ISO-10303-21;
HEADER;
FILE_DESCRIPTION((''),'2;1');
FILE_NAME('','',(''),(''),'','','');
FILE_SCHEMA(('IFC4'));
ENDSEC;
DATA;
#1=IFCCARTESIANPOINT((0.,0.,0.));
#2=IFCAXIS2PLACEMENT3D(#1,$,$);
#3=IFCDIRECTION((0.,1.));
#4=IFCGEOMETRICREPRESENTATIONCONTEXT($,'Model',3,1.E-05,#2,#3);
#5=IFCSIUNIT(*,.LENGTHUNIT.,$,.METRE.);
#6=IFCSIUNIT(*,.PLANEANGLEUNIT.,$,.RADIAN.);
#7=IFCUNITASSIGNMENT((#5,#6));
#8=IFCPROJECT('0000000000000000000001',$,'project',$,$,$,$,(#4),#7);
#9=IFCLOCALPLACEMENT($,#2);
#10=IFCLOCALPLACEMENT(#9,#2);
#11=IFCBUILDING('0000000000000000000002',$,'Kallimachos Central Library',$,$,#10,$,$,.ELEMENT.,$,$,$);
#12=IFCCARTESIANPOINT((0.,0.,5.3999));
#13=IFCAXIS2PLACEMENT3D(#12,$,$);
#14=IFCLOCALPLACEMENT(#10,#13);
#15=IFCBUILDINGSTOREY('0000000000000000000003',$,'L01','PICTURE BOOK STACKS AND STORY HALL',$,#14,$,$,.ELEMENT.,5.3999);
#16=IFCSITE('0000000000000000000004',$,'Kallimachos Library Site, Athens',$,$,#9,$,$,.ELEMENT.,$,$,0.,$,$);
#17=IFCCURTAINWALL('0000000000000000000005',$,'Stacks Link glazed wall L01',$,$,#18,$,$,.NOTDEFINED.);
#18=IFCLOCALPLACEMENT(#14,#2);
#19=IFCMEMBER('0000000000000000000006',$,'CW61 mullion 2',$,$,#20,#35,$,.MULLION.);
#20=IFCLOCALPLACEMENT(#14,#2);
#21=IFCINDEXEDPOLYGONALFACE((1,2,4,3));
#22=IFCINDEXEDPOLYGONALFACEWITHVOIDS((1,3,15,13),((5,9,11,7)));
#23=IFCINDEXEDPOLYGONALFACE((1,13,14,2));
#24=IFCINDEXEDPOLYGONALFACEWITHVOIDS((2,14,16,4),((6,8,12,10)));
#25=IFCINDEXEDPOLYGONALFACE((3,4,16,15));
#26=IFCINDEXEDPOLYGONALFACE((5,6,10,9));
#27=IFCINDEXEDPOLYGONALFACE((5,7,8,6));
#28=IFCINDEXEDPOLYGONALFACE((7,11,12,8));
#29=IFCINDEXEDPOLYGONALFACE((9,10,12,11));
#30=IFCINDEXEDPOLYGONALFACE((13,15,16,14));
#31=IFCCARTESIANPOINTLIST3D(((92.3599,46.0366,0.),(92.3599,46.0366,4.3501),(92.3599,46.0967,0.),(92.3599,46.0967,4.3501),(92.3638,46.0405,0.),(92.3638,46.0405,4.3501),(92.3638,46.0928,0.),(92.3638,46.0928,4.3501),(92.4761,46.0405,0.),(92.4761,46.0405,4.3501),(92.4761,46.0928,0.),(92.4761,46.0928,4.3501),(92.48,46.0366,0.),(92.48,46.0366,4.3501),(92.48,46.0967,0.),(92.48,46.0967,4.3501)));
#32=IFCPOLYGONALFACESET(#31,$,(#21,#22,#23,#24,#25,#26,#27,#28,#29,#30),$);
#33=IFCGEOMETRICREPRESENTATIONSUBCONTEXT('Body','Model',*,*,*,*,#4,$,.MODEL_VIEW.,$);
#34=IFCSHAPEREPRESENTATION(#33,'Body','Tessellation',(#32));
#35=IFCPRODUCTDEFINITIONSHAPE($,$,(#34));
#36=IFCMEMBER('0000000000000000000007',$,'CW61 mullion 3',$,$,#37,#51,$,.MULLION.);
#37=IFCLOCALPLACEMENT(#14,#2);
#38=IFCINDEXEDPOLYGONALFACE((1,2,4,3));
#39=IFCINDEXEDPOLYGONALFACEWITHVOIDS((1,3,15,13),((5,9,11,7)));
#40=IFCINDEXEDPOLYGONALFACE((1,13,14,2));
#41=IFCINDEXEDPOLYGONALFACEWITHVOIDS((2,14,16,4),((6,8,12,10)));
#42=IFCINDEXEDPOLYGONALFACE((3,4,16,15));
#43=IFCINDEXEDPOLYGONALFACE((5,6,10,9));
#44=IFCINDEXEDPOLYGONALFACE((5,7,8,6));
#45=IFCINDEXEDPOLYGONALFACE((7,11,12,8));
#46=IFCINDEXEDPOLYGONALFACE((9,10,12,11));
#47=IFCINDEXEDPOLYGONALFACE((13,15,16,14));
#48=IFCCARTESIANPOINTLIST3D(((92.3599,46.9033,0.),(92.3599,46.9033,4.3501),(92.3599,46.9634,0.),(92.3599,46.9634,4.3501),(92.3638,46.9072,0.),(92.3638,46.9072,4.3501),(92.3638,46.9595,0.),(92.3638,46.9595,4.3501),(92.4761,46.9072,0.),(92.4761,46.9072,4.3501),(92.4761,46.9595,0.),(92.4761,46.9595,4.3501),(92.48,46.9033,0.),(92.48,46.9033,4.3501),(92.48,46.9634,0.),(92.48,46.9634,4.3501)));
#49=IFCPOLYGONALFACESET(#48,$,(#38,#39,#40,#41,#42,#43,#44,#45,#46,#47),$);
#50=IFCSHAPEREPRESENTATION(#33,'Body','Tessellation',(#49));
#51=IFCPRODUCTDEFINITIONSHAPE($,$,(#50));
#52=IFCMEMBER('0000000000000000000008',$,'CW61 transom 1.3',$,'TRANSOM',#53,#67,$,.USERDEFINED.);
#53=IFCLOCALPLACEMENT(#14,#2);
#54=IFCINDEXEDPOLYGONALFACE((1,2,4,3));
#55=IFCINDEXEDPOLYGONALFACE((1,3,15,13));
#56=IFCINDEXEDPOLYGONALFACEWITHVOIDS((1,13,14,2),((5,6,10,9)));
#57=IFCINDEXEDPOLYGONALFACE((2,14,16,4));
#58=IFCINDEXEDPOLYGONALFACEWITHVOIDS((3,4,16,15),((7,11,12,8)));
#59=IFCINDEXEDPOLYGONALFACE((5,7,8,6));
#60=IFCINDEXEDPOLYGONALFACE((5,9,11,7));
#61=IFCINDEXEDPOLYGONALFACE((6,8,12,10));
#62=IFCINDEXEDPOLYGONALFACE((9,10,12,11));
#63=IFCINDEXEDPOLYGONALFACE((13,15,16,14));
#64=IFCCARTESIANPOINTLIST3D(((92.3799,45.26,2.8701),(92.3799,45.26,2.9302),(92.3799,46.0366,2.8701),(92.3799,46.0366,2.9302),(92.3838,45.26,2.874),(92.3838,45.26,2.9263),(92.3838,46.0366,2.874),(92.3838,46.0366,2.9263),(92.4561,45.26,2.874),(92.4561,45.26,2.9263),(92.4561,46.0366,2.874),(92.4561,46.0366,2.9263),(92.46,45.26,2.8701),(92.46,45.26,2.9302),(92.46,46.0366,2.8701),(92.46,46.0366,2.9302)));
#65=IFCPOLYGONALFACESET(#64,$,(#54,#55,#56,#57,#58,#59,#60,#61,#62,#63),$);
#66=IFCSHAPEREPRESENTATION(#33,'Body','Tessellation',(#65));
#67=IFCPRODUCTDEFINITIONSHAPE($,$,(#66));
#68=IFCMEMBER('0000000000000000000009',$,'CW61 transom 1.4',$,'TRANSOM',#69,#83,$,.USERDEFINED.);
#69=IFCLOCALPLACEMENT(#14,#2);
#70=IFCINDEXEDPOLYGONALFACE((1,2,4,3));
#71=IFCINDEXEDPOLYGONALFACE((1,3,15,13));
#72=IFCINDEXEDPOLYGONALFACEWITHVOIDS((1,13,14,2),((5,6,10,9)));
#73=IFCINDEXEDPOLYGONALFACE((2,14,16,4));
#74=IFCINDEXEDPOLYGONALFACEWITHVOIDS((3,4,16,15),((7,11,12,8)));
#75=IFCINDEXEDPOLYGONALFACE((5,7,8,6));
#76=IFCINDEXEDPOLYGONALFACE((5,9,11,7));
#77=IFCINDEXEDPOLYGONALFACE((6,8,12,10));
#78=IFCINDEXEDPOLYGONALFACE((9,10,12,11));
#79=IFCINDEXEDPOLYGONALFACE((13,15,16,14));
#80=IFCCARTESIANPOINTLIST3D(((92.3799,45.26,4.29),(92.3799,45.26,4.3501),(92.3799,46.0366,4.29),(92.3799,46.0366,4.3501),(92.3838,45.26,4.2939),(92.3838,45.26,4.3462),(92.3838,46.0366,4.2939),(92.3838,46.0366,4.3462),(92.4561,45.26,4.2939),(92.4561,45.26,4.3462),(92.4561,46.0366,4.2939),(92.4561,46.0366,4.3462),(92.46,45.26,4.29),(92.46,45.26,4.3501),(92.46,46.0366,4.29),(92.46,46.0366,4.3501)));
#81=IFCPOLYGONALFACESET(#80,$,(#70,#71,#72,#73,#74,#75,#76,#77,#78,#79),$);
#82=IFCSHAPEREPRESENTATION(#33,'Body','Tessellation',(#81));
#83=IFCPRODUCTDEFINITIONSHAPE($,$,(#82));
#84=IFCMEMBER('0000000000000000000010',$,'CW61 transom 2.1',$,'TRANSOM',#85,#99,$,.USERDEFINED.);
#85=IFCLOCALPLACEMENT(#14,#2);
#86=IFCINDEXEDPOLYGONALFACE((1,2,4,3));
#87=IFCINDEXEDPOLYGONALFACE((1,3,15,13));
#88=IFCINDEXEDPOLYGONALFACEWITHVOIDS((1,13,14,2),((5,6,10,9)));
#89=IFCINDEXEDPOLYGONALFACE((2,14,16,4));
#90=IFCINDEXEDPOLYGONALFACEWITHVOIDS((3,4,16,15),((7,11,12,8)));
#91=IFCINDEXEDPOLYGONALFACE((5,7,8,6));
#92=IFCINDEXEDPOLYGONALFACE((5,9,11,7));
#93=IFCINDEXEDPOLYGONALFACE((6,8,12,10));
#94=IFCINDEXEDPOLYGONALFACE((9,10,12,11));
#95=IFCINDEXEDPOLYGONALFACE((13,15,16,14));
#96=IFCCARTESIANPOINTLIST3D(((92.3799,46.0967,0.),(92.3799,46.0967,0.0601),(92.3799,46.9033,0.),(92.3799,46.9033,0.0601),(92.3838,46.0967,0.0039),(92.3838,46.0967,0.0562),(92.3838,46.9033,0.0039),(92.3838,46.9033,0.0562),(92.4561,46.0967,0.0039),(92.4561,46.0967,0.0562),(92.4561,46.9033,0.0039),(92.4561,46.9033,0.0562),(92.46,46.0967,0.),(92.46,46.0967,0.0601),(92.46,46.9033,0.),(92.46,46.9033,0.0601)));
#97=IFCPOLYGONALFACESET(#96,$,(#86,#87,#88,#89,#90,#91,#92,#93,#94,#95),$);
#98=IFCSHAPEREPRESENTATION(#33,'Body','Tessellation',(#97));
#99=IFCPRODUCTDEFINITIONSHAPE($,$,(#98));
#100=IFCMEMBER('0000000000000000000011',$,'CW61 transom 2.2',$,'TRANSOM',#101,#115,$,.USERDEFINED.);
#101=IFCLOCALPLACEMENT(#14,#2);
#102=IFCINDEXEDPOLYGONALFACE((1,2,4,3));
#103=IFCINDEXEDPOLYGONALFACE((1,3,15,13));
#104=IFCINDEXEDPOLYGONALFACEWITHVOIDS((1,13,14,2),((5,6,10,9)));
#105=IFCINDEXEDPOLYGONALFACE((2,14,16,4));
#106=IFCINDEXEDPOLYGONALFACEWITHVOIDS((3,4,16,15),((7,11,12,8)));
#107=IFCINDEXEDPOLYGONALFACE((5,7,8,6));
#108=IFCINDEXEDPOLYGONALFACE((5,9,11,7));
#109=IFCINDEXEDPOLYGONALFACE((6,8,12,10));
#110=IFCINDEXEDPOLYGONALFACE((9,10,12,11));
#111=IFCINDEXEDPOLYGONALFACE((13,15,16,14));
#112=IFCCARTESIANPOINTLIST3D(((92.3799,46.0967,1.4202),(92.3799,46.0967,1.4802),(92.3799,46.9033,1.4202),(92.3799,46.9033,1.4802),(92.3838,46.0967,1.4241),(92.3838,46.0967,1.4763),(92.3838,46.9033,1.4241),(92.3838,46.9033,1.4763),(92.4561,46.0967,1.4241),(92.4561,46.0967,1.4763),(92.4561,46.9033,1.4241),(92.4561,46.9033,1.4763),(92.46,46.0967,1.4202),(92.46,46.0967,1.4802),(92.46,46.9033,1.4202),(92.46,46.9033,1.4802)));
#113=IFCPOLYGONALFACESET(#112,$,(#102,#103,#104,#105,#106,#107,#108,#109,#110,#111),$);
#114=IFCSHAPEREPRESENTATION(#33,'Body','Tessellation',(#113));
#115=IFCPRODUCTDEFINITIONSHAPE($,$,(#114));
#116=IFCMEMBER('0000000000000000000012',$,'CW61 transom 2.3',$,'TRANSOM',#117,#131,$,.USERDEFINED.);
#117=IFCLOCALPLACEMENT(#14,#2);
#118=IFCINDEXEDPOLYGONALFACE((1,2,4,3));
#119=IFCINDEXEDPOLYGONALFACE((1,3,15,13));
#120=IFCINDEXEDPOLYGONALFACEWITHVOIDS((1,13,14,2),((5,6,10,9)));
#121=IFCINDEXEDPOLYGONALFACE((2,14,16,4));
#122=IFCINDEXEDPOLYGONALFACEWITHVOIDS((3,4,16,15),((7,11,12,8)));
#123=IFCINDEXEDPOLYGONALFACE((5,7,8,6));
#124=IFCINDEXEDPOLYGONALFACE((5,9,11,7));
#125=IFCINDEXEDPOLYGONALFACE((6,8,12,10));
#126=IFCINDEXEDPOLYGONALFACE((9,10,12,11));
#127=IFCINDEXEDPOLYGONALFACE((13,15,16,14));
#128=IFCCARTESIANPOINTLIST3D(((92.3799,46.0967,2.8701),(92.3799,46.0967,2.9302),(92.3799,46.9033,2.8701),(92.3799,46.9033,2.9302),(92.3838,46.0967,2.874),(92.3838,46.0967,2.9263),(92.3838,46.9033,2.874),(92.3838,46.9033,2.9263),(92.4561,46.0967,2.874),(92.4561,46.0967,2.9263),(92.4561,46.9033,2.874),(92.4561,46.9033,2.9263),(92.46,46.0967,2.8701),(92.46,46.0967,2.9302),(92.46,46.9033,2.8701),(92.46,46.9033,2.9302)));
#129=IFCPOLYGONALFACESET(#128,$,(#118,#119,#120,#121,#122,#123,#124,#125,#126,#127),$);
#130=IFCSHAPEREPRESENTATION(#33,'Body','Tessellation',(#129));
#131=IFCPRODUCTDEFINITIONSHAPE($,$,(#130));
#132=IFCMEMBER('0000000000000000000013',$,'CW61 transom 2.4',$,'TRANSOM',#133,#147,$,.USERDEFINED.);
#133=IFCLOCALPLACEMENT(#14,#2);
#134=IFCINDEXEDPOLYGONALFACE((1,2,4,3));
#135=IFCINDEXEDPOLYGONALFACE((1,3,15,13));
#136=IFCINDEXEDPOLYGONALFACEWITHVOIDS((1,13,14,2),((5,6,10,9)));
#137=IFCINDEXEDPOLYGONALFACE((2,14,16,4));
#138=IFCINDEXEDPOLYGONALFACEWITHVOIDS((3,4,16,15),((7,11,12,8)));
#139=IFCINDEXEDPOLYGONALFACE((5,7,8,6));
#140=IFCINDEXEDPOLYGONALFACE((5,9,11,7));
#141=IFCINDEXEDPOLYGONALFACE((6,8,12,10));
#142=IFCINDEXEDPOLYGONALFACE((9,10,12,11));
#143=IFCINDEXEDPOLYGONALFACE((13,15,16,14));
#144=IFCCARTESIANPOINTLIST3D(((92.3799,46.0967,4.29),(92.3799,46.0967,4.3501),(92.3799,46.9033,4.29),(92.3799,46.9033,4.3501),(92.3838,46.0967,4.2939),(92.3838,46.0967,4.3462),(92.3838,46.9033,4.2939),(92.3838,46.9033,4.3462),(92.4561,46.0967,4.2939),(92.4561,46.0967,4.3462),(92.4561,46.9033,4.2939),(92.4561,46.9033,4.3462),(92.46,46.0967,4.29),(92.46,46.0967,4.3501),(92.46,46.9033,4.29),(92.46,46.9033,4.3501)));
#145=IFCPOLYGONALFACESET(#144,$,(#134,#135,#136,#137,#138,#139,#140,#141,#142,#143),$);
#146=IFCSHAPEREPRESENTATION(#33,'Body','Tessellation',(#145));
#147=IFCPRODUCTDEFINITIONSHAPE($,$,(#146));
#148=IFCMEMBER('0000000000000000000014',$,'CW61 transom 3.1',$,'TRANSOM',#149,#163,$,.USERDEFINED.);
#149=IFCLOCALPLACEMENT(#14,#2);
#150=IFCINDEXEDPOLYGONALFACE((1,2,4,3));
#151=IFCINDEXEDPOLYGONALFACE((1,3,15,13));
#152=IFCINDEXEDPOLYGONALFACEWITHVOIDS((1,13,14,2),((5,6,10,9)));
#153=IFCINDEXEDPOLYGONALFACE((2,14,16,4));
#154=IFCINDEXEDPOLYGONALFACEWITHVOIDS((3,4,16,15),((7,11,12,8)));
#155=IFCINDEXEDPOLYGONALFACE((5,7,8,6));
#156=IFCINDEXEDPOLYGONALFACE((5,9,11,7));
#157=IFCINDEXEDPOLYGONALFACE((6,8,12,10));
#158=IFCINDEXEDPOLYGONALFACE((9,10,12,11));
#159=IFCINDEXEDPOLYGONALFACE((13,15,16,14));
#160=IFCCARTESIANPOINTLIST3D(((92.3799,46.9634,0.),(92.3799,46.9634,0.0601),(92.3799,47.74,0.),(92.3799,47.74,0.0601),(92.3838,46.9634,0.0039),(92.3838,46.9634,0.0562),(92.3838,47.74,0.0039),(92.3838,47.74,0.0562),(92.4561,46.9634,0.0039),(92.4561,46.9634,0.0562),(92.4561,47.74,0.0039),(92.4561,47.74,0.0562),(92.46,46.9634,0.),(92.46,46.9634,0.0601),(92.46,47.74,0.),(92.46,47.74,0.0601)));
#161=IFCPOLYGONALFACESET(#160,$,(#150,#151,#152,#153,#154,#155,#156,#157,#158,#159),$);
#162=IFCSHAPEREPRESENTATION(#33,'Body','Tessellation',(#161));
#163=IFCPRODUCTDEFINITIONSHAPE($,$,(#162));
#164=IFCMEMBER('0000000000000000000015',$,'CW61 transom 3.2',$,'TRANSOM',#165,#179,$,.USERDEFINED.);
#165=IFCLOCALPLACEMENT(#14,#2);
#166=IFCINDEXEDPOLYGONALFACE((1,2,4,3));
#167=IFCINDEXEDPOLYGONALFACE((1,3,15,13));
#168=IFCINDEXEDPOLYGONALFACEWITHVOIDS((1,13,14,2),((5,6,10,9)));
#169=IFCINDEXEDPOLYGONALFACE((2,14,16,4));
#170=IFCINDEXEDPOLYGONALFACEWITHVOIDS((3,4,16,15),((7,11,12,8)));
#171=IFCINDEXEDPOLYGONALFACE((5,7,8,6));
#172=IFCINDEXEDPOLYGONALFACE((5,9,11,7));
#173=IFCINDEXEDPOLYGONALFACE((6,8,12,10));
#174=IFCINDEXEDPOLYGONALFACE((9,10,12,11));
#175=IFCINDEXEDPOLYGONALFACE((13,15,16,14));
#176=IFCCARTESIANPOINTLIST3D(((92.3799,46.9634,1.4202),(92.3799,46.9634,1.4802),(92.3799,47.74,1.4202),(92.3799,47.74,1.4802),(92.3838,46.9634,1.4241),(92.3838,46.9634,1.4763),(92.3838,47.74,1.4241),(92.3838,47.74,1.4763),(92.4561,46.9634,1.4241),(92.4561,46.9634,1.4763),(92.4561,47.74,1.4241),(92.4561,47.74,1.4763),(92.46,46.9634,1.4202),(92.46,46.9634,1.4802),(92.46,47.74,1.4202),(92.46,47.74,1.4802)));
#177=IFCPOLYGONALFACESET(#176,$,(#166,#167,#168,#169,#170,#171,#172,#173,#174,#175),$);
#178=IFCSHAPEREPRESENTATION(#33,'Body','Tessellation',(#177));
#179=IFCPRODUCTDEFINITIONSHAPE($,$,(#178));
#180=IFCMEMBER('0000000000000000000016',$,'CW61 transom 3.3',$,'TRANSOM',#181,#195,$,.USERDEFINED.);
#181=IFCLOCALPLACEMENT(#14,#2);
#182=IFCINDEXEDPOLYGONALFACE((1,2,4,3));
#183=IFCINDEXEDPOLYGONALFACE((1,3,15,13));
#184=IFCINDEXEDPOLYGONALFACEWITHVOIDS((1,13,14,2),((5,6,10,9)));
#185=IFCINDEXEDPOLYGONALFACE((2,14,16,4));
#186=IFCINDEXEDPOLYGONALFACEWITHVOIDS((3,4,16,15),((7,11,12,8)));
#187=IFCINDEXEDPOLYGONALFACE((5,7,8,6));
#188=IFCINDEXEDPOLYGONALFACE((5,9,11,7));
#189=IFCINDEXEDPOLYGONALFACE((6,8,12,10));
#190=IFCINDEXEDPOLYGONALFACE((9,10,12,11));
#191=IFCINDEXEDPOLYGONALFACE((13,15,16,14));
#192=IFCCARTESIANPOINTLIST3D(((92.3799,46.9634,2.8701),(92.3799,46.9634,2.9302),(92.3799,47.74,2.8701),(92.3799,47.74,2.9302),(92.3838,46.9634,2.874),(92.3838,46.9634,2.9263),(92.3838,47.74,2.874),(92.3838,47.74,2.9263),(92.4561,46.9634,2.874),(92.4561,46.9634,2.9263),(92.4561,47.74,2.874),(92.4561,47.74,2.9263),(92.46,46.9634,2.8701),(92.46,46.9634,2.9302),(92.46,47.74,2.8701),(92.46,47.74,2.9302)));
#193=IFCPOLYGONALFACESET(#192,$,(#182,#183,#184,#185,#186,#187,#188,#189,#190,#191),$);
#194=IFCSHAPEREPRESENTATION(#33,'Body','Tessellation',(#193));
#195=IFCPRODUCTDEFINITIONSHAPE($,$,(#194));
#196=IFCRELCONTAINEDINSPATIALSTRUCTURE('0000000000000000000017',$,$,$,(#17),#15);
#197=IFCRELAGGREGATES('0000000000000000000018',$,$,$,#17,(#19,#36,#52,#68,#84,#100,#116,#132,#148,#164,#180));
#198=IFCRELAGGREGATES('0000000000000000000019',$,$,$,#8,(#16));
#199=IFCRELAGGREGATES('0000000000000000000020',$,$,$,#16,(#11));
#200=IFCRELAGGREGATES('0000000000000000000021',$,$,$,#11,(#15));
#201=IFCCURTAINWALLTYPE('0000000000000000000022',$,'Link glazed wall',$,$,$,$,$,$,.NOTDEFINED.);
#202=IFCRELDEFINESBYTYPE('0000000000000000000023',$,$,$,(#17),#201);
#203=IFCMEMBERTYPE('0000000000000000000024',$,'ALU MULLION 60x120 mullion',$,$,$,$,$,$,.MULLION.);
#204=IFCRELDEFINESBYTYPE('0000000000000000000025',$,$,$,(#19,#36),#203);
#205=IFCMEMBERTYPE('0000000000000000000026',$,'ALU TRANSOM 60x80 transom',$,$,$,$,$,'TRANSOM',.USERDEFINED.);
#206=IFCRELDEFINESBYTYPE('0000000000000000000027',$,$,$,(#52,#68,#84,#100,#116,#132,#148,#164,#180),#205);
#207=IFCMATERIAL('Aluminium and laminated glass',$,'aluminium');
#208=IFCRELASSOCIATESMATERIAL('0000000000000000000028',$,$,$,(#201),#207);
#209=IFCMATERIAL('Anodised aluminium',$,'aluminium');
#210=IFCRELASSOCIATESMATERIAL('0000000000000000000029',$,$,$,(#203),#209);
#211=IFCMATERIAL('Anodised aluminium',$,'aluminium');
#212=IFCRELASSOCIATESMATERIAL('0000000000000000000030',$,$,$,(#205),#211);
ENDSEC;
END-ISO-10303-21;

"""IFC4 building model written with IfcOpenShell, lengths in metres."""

from ifc_helpers import new_model, si_unit, direction, frame, origin, origin_2d, place, context, subcontext, project, spatial, hollow_rectangle, extrude, material, material_profile, profile_set, type_object, element, aggregate, save


model = new_model("IFC4")

# Units and contexts
model_context = context("Model", 3, precision=1e-05, world=origin(), true_north=direction((0.0, 1.0)))
body_context = subcontext(model_context, "Body", "Model", "MODEL_VIEW")
ifc_project = project(units=[si_unit("LENGTHUNIT", "METRE"), si_unit("PLANEANGLEUNIT", "RADIAN")], contexts=[model_context])

# Site, building, storey
site_placement = place(None, origin())
site = spatial("IfcSite", under=ifc_project, at=site_placement, Name="Kallimachos Library Site, Athens", CompositionType="ELEMENT", RefElevation=0.0)
building_placement = place(site_placement, origin())
building = spatial("IfcBuilding", under=site, at=building_placement, Name="Kallimachos Central Library", CompositionType="ELEMENT")
storey_placement = place(building_placement, frame((0.0, 0.0, 5.3999)))
storey = spatial("IfcBuildingStorey", under=building, at=storey_placement, Name="L01", Description="PICTURE BOOK STACKS AND STORY HALL", CompositionType="ELEMENT", Elevation=5.3999)

# Curtain wall, members
ifc_material_1 = material(Name="Aluminium and laminated glass", Category="aluminium")
curtain_wall_type = type_object("IfcCurtainWallType", Name="Link glazed wall", PredefinedType="NOTDEFINED", material=ifc_material_1)
curtain_wall_placement = place(storey_placement, origin())
curtain_wall = element("IfcCurtainWall", 1, at=curtain_wall_placement, inside=storey, type_object=curtain_wall_type, Name="Stacks Link glazed wall L01", PredefinedType="NOTDEFINED")
ifc_material_2 = material(Name="Anodised aluminium", Category="aluminium")
ifc_material_profile_1 = material_profile(ifc_material_2, hollow_rectangle(XDim=0.0601, YDim=0.1201, WallThickness=0.0039, at=origin_2d()), Name="ALU MULLION 60x120")
ifc_profile_set_1 = profile_set([ifc_material_profile_1], Name="Anodised aluminium")
member_type_1 = type_object("IfcMemberType", Name="ALU MULLION 60x120 mullion", PredefinedType="MULLION", material=ifc_profile_set_1)
member_1_placement = place(storey_placement, frame((92.4199, 46.0667, 0.0), z_axis=(0.0, 0.0, 1.0), x_axis=(0.0, 1.0, 0.0)))
member_1 = element("IfcMember", 2, at=member_1_placement, type_object=member_type_1, Name="CW61 mullion 2", PredefinedType="MULLION", context=body_context, shape_type="SweptSolid", body=[
    extrude(hollow_rectangle(XDim=0.0601, YDim=0.1201, WallThickness=0.0039, at=origin_2d()), origin(), (0.0, 0.0, 1.0), 4.3501),
])
member_2_placement = place(storey_placement, frame((92.4199, 46.9333, 0.0), z_axis=(0.0, 0.0, 1.0), x_axis=(0.0, 1.0, 0.0)))
member_2 = element("IfcMember", 3, at=member_2_placement, type_object=member_type_1, Name="CW61 mullion 3", PredefinedType="MULLION", context=body_context, shape_type="SweptSolid", body=[
    extrude(hollow_rectangle(XDim=0.0601, YDim=0.1201, WallThickness=0.0039, at=origin_2d()), origin(), (0.0, 0.0, 1.0), 4.3501),
])
ifc_material_3 = material(Name="Anodised aluminium", Category="aluminium")
ifc_material_profile_2 = material_profile(ifc_material_3, hollow_rectangle(XDim=0.0601, YDim=0.0801, WallThickness=0.0039, at=origin_2d()), Name="ALU TRANSOM 60x80")
ifc_profile_set_2 = profile_set([ifc_material_profile_2], Name="Anodised aluminium")
member_type_2 = type_object("IfcMemberType", Name="ALU TRANSOM 60x80 transom", ElementType="TRANSOM", PredefinedType="USERDEFINED", material=ifc_profile_set_2)
member_3_placement = place(storey_placement, frame((92.4199, 45.26, 2.9001), z_axis=(0.0, 1.0, 0.0), x_axis=(0.0, 0.0, 1.0)))
member_3 = element("IfcMember", 4, at=member_3_placement, type_object=member_type_2, Name="CW61 transom 1.3", ObjectType="TRANSOM", PredefinedType="USERDEFINED", context=body_context, shape_type="SweptSolid", body=[
    extrude(hollow_rectangle(XDim=0.0601, YDim=0.0801, WallThickness=0.0039, at=origin_2d()), origin(), (0.0, 0.0, 1.0), 0.7766),
])
member_4_placement = place(storey_placement, frame((92.4199, 45.26, 4.3201), z_axis=(0.0, 1.0, 0.0), x_axis=(0.0, 0.0, 1.0)))
member_4 = element("IfcMember", 5, at=member_4_placement, type_object=member_type_2, Name="CW61 transom 1.4", ObjectType="TRANSOM", PredefinedType="USERDEFINED", context=body_context, shape_type="SweptSolid", body=[
    extrude(hollow_rectangle(XDim=0.0601, YDim=0.0801, WallThickness=0.0039, at=origin_2d()), origin(), (0.0, 0.0, 1.0), 0.7766),
])
member_5_placement = place(storey_placement, frame((92.4199, 46.0967, 0.03), z_axis=(0.0, 1.0, 0.0), x_axis=(0.0, 0.0, 1.0)))
member_5 = element("IfcMember", 6, at=member_5_placement, type_object=member_type_2, Name="CW61 transom 2.1", ObjectType="TRANSOM", PredefinedType="USERDEFINED", context=body_context, shape_type="SweptSolid", body=[
    extrude(hollow_rectangle(XDim=0.0601, YDim=0.0801, WallThickness=0.0039, at=origin_2d()), origin(), (0.0, 0.0, 1.0), 0.8066),
])
member_6_placement = place(storey_placement, frame((92.4199, 46.0967, 1.4502), z_axis=(0.0, 1.0, 0.0), x_axis=(0.0, 0.0, 1.0)))
member_6 = element("IfcMember", 7, at=member_6_placement, type_object=member_type_2, Name="CW61 transom 2.2", ObjectType="TRANSOM", PredefinedType="USERDEFINED", context=body_context, shape_type="SweptSolid", body=[
    extrude(hollow_rectangle(XDim=0.0601, YDim=0.0801, WallThickness=0.0039, at=origin_2d()), origin(), (0.0, 0.0, 1.0), 0.8066),
])
member_7_placement = place(storey_placement, frame((92.4199, 46.0967, 2.9001), z_axis=(0.0, 1.0, 0.0), x_axis=(0.0, 0.0, 1.0)))
member_7 = element("IfcMember", 8, at=member_7_placement, type_object=member_type_2, Name="CW61 transom 2.3", ObjectType="TRANSOM", PredefinedType="USERDEFINED", context=body_context, shape_type="SweptSolid", body=[
    extrude(hollow_rectangle(XDim=0.0601, YDim=0.0801, WallThickness=0.0039, at=origin_2d()), origin(), (0.0, 0.0, 1.0), 0.8066),
])
member_8_placement = place(storey_placement, frame((92.4199, 46.0967, 4.3201), z_axis=(0.0, 1.0, 0.0), x_axis=(0.0, 0.0, 1.0)))
member_8 = element("IfcMember", 9, at=member_8_placement, type_object=member_type_2, Name="CW61 transom 2.4", ObjectType="TRANSOM", PredefinedType="USERDEFINED", context=body_context, shape_type="SweptSolid", body=[
    extrude(hollow_rectangle(XDim=0.0601, YDim=0.0801, WallThickness=0.0039, at=origin_2d()), origin(), (0.0, 0.0, 1.0), 0.8066),
])
member_9_placement = place(storey_placement, frame((92.4199, 46.9634, 0.03), z_axis=(0.0, 1.0, 0.0), x_axis=(0.0, 0.0, 1.0)))
member_9 = element("IfcMember", 10, at=member_9_placement, type_object=member_type_2, Name="CW61 transom 3.1", ObjectType="TRANSOM", PredefinedType="USERDEFINED", context=body_context, shape_type="SweptSolid", body=[
    extrude(hollow_rectangle(XDim=0.0601, YDim=0.0801, WallThickness=0.0039, at=origin_2d()), origin(), (0.0, 0.0, 1.0), 0.7766),
])
member_10_placement = place(storey_placement, frame((92.4199, 46.9634, 1.4502), z_axis=(0.0, 1.0, 0.0), x_axis=(0.0, 0.0, 1.0)))
member_10 = element("IfcMember", 11, at=member_10_placement, type_object=member_type_2, Name="CW61 transom 3.2", ObjectType="TRANSOM", PredefinedType="USERDEFINED", context=body_context, shape_type="SweptSolid", body=[
    extrude(hollow_rectangle(XDim=0.0601, YDim=0.0801, WallThickness=0.0039, at=origin_2d()), origin(), (0.0, 0.0, 1.0), 0.7766),
])
member_11_placement = place(storey_placement, frame((92.4199, 46.9634, 2.9001), z_axis=(0.0, 1.0, 0.0), x_axis=(0.0, 0.0, 1.0)))
member_11 = element("IfcMember", 12, at=member_11_placement, type_object=member_type_2, Name="CW61 transom 3.3", ObjectType="TRANSOM", PredefinedType="USERDEFINED", context=body_context, shape_type="SweptSolid", body=[
    extrude(hollow_rectangle(XDim=0.0601, YDim=0.0801, WallThickness=0.0039, at=origin_2d()), origin(), (0.0, 0.0, 1.0), 0.7766),
])
aggregate(curtain_wall, [member_1, member_2, member_3, member_4, member_5, member_6, member_7, member_8, member_9, member_10, member_11])

save(model, "model.ifc")
